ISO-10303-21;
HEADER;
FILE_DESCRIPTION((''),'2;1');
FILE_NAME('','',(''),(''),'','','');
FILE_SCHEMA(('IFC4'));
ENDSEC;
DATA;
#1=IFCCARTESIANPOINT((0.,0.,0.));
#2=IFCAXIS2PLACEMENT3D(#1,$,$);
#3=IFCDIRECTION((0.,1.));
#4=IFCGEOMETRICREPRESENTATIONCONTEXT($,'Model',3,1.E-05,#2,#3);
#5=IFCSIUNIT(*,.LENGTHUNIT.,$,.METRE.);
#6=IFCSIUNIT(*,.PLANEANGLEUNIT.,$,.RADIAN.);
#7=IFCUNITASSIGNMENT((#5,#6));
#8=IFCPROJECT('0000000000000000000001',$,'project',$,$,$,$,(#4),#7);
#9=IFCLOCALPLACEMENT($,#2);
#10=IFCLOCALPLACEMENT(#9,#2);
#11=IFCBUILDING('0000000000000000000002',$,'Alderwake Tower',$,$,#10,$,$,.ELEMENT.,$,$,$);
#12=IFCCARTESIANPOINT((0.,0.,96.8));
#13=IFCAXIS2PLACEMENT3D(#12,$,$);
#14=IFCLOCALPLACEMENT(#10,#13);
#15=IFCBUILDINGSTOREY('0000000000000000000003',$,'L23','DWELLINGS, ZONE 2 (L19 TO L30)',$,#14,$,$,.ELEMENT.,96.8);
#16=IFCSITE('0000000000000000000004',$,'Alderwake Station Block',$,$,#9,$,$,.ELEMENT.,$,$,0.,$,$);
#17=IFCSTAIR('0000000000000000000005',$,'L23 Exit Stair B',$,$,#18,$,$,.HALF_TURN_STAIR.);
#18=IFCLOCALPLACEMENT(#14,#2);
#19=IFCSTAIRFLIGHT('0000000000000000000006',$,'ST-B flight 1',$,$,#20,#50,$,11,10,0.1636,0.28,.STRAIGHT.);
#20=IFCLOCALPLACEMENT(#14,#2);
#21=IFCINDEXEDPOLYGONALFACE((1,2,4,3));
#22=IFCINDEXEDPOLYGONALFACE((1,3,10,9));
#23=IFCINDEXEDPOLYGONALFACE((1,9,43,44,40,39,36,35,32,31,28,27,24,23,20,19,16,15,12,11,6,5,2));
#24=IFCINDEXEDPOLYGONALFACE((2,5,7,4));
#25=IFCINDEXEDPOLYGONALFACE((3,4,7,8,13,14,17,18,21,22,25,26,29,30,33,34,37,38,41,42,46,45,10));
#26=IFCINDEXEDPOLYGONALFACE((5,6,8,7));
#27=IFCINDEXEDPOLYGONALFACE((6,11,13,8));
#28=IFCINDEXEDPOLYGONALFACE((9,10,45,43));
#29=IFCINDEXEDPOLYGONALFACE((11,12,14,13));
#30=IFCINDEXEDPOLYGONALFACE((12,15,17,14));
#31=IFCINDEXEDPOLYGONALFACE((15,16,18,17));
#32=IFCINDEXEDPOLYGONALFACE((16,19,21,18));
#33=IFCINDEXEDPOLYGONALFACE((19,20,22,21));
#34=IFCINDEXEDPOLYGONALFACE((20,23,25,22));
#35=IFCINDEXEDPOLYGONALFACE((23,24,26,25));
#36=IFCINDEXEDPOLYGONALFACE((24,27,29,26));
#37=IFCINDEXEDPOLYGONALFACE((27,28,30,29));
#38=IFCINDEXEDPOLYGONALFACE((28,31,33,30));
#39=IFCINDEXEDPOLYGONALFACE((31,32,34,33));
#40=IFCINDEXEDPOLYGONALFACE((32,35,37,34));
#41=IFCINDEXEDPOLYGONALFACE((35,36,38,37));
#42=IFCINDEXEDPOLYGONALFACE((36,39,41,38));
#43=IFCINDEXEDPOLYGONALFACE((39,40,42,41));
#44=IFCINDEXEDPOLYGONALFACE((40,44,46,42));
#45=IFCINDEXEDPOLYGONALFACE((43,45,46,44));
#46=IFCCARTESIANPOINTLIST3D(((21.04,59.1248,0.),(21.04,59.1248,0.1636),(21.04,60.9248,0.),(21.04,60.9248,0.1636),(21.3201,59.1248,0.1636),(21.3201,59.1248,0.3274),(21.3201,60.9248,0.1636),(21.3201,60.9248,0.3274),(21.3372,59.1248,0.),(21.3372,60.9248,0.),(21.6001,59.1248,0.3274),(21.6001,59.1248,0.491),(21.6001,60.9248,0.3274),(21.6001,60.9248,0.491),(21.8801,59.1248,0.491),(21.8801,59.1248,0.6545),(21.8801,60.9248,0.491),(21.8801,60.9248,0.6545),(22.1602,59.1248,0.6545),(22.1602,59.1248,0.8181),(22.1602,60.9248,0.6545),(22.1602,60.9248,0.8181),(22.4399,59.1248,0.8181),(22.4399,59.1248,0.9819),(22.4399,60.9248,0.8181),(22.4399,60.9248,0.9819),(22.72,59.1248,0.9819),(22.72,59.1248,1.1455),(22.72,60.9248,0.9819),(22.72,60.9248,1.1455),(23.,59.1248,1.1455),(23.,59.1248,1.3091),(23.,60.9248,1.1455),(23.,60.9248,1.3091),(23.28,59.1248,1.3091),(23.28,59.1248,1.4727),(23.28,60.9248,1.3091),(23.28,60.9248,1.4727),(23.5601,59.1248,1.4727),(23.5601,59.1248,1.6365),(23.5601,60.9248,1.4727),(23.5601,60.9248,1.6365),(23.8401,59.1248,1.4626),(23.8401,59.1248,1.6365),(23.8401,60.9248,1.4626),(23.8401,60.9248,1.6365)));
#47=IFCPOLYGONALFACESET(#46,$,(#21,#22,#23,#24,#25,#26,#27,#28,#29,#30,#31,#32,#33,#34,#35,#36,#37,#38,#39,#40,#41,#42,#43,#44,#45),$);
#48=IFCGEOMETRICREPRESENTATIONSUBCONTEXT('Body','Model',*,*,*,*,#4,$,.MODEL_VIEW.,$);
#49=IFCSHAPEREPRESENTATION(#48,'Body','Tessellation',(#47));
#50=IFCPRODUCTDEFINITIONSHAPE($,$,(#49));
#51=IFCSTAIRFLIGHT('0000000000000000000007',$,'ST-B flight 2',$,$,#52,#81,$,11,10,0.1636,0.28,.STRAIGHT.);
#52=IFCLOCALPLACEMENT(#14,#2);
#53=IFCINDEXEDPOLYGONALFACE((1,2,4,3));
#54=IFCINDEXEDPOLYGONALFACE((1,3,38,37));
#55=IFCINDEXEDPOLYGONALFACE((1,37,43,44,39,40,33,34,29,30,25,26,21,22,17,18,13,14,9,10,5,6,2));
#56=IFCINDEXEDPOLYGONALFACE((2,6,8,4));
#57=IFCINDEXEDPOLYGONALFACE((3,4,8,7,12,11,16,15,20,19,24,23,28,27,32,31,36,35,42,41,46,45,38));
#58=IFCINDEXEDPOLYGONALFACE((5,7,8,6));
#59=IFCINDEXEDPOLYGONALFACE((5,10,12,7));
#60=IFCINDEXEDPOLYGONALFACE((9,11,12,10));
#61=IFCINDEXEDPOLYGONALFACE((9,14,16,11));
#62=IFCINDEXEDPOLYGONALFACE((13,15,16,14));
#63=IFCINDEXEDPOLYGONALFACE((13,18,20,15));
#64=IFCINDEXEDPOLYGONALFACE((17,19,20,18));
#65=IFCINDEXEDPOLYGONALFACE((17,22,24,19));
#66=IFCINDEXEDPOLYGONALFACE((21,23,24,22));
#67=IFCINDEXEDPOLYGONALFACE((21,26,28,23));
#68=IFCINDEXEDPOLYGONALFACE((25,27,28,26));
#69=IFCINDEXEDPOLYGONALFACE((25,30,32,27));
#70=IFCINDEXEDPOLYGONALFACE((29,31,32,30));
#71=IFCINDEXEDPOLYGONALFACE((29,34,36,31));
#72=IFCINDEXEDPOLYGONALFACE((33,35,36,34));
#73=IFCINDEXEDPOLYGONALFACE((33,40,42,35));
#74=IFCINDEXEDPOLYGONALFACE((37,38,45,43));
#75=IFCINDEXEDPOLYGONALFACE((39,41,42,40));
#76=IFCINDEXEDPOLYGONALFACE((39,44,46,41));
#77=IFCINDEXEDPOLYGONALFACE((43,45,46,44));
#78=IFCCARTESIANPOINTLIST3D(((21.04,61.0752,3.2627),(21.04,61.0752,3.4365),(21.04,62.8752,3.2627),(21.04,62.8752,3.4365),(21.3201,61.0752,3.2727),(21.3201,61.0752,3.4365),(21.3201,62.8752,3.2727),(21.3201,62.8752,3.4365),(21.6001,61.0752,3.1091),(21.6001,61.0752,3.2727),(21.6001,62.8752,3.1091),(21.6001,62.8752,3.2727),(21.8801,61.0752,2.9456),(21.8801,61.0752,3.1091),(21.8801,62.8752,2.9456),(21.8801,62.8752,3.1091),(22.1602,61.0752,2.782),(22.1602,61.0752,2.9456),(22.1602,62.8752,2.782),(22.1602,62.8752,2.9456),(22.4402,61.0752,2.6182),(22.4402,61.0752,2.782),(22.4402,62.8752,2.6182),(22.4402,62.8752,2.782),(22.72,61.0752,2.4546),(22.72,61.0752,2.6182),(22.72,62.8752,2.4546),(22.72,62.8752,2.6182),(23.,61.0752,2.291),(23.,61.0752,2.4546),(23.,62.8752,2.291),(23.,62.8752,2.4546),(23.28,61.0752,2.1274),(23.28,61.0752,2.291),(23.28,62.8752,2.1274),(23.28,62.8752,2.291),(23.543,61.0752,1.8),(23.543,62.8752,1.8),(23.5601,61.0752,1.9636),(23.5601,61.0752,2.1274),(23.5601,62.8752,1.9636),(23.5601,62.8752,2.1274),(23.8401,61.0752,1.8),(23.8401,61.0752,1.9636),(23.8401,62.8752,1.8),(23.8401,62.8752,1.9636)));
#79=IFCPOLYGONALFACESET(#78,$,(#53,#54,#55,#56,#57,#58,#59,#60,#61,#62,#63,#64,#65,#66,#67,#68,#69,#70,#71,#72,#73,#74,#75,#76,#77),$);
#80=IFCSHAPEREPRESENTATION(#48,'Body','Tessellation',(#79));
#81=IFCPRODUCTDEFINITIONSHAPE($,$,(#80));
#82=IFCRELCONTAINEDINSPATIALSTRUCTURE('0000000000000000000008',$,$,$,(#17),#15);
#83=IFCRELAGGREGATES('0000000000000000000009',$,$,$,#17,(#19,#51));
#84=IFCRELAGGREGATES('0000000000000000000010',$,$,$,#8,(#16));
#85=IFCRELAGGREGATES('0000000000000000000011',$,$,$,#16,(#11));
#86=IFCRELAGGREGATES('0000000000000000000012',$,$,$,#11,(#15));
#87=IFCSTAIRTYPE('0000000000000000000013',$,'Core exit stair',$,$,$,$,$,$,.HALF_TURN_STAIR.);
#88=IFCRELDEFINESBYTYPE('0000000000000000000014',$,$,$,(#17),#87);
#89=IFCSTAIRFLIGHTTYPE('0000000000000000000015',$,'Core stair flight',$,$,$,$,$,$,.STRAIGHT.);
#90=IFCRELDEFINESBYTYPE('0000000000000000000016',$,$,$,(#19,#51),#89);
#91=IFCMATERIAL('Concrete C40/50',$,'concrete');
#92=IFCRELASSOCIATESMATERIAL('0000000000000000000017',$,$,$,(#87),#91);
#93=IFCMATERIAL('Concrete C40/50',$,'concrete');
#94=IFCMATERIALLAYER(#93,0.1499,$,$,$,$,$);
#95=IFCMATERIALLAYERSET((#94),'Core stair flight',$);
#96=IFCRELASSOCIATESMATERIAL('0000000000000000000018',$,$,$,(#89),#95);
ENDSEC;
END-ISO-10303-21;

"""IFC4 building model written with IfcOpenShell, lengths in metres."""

from ifc_helpers import new_model, si_unit, direction, frame, origin, place, context, subcontext, project, spatial, polyline, outline, extrude, material, layer, layer_set, type_object, element, aggregate, save


model = new_model("IFC4")

# Units and contexts
model_context = context("Model", 3, precision=1e-05, world=origin(), true_north=direction((0.0, 1.0)))
body_context = subcontext(model_context, "Body", "Model", "MODEL_VIEW")
ifc_project = project(units=[si_unit("LENGTHUNIT", "METRE"), si_unit("PLANEANGLEUNIT", "RADIAN")], contexts=[model_context])

# Site, building, storey
site_placement = place(None, origin())
site = spatial("IfcSite", under=ifc_project, at=site_placement, Name="Alderwake Station Block", CompositionType="ELEMENT", RefElevation=0.0)
building_placement = place(site_placement, origin())
building = spatial("IfcBuilding", under=site, at=building_placement, Name="Alderwake Tower", CompositionType="ELEMENT")
storey_placement = place(building_placement, frame((0.0, 0.0, 96.8)))
storey = spatial("IfcBuildingStorey", under=building, at=storey_placement, Name="L23", Description="DWELLINGS, ZONE 2 (L19 TO L30)", CompositionType="ELEMENT", Elevation=96.8)

# Stair, stair flights
ifc_material_1 = material(Name="Concrete C40/50", Category="concrete")
stair_type = type_object("IfcStairType", Name="Core exit stair", PredefinedType="HALF_TURN_STAIR", material=ifc_material_1)
stair_placement = place(storey_placement, origin())
stair = element("IfcStair", 1, at=stair_placement, inside=storey, type_object=stair_type, Name="L23 Exit Stair B", PredefinedType="HALF_TURN_STAIR")
ifc_material_2 = material(Name="Concrete C40/50", Category="concrete")
ifc_layer_1 = layer(ifc_material_2, 0.1499)
ifc_layer_set_1 = layer_set([ifc_layer_1], Name="Core stair flight")
stair_flight_type = type_object("IfcStairFlightType", Name="Core stair flight", PredefinedType="STRAIGHT", material=ifc_layer_set_1)
stair_flight_1_placement = place(storey_placement, frame((21.04, 60.0249, 0.0), z_axis=(0.0, 0.0, 1.0), x_axis=(1.0, 0.0, 0.0)))
stair_flight_1 = element("IfcStairFlight", 2, at=stair_flight_1_placement, type_object=stair_flight_type, Name="ST-B flight 1", NumberOfRisers=11, NumberOfTreads=10, PredefinedType="STRAIGHT", RiserHeight=0.1636, TreadLength=0.28, context=body_context, shape_type="SweptSolid", body=[
    extrude(outline(polyline([(0.0, 0.0), (0.0, 0.1636), (0.28, 0.1636), (0.28, 0.3274), (0.5601, 0.3274), (0.5601, 0.491), (0.8401, 0.491), (0.8401, 0.6545), (1.1201, 0.6545), (1.1201, 0.8181), (1.3999, 0.8181), (1.3999, 0.9819), (1.6799, 0.9819), (1.6799, 1.1455), (1.96, 1.1455), (1.96, 1.3091), (2.24, 1.3091), (2.24, 1.4727), (2.52, 1.4727), (2.52, 1.6365), (2.8, 1.6365), (2.8, 1.8), (2.8, 1.4626), (0.2971, 0.0), (0.0, 0.0)])), frame((0.0, 0.8999, 0.0), z_axis=(0.0, -1.0, 0.0), x_axis=(1.0, 0.0, 0.0)), (0.0, 0.0, 1.0), 1.8),
])
stair_flight_2_placement = place(storey_placement, frame((23.8401, 61.9751, 1.8), z_axis=(0.0, 0.0, 1.0), x_axis=(-1.0, 0.0, 0.0)))
stair_flight_2 = element("IfcStairFlight", 3, at=stair_flight_2_placement, type_object=stair_flight_type, Name="ST-B flight 2", NumberOfRisers=11, NumberOfTreads=10, PredefinedType="STRAIGHT", RiserHeight=0.1636, TreadLength=0.28, context=body_context, shape_type="SweptSolid", body=[
    extrude(outline(polyline([(0.0, 0.0), (0.0, 0.1636), (0.28, 0.1636), (0.28, 0.3274), (0.5601, 0.3274), (0.5601, 0.491), (0.8401, 0.491), (0.8401, 0.6545), (1.1201, 0.6545), (1.1201, 0.8181), (1.3999, 0.8181), (1.3999, 0.9819), (1.6799, 0.9819), (1.6799, 1.1455), (1.96, 1.1455), (1.96, 1.3091), (2.24, 1.3091), (2.24, 1.4727), (2.52, 1.4727), (2.52, 1.6365), (2.8, 1.6365), (2.8, 1.8), (2.8, 1.4626), (0.2971, 0.0), (0.0, 0.0)])), frame((0.0, 0.8999, 0.0), z_axis=(0.0, -1.0, 0.0), x_axis=(1.0, 0.0, 0.0)), (0.0, 0.0, 1.0), 1.8),
])
aggregate(stair, [stair_flight_1, stair_flight_2])

save(model, "model.ifc")
